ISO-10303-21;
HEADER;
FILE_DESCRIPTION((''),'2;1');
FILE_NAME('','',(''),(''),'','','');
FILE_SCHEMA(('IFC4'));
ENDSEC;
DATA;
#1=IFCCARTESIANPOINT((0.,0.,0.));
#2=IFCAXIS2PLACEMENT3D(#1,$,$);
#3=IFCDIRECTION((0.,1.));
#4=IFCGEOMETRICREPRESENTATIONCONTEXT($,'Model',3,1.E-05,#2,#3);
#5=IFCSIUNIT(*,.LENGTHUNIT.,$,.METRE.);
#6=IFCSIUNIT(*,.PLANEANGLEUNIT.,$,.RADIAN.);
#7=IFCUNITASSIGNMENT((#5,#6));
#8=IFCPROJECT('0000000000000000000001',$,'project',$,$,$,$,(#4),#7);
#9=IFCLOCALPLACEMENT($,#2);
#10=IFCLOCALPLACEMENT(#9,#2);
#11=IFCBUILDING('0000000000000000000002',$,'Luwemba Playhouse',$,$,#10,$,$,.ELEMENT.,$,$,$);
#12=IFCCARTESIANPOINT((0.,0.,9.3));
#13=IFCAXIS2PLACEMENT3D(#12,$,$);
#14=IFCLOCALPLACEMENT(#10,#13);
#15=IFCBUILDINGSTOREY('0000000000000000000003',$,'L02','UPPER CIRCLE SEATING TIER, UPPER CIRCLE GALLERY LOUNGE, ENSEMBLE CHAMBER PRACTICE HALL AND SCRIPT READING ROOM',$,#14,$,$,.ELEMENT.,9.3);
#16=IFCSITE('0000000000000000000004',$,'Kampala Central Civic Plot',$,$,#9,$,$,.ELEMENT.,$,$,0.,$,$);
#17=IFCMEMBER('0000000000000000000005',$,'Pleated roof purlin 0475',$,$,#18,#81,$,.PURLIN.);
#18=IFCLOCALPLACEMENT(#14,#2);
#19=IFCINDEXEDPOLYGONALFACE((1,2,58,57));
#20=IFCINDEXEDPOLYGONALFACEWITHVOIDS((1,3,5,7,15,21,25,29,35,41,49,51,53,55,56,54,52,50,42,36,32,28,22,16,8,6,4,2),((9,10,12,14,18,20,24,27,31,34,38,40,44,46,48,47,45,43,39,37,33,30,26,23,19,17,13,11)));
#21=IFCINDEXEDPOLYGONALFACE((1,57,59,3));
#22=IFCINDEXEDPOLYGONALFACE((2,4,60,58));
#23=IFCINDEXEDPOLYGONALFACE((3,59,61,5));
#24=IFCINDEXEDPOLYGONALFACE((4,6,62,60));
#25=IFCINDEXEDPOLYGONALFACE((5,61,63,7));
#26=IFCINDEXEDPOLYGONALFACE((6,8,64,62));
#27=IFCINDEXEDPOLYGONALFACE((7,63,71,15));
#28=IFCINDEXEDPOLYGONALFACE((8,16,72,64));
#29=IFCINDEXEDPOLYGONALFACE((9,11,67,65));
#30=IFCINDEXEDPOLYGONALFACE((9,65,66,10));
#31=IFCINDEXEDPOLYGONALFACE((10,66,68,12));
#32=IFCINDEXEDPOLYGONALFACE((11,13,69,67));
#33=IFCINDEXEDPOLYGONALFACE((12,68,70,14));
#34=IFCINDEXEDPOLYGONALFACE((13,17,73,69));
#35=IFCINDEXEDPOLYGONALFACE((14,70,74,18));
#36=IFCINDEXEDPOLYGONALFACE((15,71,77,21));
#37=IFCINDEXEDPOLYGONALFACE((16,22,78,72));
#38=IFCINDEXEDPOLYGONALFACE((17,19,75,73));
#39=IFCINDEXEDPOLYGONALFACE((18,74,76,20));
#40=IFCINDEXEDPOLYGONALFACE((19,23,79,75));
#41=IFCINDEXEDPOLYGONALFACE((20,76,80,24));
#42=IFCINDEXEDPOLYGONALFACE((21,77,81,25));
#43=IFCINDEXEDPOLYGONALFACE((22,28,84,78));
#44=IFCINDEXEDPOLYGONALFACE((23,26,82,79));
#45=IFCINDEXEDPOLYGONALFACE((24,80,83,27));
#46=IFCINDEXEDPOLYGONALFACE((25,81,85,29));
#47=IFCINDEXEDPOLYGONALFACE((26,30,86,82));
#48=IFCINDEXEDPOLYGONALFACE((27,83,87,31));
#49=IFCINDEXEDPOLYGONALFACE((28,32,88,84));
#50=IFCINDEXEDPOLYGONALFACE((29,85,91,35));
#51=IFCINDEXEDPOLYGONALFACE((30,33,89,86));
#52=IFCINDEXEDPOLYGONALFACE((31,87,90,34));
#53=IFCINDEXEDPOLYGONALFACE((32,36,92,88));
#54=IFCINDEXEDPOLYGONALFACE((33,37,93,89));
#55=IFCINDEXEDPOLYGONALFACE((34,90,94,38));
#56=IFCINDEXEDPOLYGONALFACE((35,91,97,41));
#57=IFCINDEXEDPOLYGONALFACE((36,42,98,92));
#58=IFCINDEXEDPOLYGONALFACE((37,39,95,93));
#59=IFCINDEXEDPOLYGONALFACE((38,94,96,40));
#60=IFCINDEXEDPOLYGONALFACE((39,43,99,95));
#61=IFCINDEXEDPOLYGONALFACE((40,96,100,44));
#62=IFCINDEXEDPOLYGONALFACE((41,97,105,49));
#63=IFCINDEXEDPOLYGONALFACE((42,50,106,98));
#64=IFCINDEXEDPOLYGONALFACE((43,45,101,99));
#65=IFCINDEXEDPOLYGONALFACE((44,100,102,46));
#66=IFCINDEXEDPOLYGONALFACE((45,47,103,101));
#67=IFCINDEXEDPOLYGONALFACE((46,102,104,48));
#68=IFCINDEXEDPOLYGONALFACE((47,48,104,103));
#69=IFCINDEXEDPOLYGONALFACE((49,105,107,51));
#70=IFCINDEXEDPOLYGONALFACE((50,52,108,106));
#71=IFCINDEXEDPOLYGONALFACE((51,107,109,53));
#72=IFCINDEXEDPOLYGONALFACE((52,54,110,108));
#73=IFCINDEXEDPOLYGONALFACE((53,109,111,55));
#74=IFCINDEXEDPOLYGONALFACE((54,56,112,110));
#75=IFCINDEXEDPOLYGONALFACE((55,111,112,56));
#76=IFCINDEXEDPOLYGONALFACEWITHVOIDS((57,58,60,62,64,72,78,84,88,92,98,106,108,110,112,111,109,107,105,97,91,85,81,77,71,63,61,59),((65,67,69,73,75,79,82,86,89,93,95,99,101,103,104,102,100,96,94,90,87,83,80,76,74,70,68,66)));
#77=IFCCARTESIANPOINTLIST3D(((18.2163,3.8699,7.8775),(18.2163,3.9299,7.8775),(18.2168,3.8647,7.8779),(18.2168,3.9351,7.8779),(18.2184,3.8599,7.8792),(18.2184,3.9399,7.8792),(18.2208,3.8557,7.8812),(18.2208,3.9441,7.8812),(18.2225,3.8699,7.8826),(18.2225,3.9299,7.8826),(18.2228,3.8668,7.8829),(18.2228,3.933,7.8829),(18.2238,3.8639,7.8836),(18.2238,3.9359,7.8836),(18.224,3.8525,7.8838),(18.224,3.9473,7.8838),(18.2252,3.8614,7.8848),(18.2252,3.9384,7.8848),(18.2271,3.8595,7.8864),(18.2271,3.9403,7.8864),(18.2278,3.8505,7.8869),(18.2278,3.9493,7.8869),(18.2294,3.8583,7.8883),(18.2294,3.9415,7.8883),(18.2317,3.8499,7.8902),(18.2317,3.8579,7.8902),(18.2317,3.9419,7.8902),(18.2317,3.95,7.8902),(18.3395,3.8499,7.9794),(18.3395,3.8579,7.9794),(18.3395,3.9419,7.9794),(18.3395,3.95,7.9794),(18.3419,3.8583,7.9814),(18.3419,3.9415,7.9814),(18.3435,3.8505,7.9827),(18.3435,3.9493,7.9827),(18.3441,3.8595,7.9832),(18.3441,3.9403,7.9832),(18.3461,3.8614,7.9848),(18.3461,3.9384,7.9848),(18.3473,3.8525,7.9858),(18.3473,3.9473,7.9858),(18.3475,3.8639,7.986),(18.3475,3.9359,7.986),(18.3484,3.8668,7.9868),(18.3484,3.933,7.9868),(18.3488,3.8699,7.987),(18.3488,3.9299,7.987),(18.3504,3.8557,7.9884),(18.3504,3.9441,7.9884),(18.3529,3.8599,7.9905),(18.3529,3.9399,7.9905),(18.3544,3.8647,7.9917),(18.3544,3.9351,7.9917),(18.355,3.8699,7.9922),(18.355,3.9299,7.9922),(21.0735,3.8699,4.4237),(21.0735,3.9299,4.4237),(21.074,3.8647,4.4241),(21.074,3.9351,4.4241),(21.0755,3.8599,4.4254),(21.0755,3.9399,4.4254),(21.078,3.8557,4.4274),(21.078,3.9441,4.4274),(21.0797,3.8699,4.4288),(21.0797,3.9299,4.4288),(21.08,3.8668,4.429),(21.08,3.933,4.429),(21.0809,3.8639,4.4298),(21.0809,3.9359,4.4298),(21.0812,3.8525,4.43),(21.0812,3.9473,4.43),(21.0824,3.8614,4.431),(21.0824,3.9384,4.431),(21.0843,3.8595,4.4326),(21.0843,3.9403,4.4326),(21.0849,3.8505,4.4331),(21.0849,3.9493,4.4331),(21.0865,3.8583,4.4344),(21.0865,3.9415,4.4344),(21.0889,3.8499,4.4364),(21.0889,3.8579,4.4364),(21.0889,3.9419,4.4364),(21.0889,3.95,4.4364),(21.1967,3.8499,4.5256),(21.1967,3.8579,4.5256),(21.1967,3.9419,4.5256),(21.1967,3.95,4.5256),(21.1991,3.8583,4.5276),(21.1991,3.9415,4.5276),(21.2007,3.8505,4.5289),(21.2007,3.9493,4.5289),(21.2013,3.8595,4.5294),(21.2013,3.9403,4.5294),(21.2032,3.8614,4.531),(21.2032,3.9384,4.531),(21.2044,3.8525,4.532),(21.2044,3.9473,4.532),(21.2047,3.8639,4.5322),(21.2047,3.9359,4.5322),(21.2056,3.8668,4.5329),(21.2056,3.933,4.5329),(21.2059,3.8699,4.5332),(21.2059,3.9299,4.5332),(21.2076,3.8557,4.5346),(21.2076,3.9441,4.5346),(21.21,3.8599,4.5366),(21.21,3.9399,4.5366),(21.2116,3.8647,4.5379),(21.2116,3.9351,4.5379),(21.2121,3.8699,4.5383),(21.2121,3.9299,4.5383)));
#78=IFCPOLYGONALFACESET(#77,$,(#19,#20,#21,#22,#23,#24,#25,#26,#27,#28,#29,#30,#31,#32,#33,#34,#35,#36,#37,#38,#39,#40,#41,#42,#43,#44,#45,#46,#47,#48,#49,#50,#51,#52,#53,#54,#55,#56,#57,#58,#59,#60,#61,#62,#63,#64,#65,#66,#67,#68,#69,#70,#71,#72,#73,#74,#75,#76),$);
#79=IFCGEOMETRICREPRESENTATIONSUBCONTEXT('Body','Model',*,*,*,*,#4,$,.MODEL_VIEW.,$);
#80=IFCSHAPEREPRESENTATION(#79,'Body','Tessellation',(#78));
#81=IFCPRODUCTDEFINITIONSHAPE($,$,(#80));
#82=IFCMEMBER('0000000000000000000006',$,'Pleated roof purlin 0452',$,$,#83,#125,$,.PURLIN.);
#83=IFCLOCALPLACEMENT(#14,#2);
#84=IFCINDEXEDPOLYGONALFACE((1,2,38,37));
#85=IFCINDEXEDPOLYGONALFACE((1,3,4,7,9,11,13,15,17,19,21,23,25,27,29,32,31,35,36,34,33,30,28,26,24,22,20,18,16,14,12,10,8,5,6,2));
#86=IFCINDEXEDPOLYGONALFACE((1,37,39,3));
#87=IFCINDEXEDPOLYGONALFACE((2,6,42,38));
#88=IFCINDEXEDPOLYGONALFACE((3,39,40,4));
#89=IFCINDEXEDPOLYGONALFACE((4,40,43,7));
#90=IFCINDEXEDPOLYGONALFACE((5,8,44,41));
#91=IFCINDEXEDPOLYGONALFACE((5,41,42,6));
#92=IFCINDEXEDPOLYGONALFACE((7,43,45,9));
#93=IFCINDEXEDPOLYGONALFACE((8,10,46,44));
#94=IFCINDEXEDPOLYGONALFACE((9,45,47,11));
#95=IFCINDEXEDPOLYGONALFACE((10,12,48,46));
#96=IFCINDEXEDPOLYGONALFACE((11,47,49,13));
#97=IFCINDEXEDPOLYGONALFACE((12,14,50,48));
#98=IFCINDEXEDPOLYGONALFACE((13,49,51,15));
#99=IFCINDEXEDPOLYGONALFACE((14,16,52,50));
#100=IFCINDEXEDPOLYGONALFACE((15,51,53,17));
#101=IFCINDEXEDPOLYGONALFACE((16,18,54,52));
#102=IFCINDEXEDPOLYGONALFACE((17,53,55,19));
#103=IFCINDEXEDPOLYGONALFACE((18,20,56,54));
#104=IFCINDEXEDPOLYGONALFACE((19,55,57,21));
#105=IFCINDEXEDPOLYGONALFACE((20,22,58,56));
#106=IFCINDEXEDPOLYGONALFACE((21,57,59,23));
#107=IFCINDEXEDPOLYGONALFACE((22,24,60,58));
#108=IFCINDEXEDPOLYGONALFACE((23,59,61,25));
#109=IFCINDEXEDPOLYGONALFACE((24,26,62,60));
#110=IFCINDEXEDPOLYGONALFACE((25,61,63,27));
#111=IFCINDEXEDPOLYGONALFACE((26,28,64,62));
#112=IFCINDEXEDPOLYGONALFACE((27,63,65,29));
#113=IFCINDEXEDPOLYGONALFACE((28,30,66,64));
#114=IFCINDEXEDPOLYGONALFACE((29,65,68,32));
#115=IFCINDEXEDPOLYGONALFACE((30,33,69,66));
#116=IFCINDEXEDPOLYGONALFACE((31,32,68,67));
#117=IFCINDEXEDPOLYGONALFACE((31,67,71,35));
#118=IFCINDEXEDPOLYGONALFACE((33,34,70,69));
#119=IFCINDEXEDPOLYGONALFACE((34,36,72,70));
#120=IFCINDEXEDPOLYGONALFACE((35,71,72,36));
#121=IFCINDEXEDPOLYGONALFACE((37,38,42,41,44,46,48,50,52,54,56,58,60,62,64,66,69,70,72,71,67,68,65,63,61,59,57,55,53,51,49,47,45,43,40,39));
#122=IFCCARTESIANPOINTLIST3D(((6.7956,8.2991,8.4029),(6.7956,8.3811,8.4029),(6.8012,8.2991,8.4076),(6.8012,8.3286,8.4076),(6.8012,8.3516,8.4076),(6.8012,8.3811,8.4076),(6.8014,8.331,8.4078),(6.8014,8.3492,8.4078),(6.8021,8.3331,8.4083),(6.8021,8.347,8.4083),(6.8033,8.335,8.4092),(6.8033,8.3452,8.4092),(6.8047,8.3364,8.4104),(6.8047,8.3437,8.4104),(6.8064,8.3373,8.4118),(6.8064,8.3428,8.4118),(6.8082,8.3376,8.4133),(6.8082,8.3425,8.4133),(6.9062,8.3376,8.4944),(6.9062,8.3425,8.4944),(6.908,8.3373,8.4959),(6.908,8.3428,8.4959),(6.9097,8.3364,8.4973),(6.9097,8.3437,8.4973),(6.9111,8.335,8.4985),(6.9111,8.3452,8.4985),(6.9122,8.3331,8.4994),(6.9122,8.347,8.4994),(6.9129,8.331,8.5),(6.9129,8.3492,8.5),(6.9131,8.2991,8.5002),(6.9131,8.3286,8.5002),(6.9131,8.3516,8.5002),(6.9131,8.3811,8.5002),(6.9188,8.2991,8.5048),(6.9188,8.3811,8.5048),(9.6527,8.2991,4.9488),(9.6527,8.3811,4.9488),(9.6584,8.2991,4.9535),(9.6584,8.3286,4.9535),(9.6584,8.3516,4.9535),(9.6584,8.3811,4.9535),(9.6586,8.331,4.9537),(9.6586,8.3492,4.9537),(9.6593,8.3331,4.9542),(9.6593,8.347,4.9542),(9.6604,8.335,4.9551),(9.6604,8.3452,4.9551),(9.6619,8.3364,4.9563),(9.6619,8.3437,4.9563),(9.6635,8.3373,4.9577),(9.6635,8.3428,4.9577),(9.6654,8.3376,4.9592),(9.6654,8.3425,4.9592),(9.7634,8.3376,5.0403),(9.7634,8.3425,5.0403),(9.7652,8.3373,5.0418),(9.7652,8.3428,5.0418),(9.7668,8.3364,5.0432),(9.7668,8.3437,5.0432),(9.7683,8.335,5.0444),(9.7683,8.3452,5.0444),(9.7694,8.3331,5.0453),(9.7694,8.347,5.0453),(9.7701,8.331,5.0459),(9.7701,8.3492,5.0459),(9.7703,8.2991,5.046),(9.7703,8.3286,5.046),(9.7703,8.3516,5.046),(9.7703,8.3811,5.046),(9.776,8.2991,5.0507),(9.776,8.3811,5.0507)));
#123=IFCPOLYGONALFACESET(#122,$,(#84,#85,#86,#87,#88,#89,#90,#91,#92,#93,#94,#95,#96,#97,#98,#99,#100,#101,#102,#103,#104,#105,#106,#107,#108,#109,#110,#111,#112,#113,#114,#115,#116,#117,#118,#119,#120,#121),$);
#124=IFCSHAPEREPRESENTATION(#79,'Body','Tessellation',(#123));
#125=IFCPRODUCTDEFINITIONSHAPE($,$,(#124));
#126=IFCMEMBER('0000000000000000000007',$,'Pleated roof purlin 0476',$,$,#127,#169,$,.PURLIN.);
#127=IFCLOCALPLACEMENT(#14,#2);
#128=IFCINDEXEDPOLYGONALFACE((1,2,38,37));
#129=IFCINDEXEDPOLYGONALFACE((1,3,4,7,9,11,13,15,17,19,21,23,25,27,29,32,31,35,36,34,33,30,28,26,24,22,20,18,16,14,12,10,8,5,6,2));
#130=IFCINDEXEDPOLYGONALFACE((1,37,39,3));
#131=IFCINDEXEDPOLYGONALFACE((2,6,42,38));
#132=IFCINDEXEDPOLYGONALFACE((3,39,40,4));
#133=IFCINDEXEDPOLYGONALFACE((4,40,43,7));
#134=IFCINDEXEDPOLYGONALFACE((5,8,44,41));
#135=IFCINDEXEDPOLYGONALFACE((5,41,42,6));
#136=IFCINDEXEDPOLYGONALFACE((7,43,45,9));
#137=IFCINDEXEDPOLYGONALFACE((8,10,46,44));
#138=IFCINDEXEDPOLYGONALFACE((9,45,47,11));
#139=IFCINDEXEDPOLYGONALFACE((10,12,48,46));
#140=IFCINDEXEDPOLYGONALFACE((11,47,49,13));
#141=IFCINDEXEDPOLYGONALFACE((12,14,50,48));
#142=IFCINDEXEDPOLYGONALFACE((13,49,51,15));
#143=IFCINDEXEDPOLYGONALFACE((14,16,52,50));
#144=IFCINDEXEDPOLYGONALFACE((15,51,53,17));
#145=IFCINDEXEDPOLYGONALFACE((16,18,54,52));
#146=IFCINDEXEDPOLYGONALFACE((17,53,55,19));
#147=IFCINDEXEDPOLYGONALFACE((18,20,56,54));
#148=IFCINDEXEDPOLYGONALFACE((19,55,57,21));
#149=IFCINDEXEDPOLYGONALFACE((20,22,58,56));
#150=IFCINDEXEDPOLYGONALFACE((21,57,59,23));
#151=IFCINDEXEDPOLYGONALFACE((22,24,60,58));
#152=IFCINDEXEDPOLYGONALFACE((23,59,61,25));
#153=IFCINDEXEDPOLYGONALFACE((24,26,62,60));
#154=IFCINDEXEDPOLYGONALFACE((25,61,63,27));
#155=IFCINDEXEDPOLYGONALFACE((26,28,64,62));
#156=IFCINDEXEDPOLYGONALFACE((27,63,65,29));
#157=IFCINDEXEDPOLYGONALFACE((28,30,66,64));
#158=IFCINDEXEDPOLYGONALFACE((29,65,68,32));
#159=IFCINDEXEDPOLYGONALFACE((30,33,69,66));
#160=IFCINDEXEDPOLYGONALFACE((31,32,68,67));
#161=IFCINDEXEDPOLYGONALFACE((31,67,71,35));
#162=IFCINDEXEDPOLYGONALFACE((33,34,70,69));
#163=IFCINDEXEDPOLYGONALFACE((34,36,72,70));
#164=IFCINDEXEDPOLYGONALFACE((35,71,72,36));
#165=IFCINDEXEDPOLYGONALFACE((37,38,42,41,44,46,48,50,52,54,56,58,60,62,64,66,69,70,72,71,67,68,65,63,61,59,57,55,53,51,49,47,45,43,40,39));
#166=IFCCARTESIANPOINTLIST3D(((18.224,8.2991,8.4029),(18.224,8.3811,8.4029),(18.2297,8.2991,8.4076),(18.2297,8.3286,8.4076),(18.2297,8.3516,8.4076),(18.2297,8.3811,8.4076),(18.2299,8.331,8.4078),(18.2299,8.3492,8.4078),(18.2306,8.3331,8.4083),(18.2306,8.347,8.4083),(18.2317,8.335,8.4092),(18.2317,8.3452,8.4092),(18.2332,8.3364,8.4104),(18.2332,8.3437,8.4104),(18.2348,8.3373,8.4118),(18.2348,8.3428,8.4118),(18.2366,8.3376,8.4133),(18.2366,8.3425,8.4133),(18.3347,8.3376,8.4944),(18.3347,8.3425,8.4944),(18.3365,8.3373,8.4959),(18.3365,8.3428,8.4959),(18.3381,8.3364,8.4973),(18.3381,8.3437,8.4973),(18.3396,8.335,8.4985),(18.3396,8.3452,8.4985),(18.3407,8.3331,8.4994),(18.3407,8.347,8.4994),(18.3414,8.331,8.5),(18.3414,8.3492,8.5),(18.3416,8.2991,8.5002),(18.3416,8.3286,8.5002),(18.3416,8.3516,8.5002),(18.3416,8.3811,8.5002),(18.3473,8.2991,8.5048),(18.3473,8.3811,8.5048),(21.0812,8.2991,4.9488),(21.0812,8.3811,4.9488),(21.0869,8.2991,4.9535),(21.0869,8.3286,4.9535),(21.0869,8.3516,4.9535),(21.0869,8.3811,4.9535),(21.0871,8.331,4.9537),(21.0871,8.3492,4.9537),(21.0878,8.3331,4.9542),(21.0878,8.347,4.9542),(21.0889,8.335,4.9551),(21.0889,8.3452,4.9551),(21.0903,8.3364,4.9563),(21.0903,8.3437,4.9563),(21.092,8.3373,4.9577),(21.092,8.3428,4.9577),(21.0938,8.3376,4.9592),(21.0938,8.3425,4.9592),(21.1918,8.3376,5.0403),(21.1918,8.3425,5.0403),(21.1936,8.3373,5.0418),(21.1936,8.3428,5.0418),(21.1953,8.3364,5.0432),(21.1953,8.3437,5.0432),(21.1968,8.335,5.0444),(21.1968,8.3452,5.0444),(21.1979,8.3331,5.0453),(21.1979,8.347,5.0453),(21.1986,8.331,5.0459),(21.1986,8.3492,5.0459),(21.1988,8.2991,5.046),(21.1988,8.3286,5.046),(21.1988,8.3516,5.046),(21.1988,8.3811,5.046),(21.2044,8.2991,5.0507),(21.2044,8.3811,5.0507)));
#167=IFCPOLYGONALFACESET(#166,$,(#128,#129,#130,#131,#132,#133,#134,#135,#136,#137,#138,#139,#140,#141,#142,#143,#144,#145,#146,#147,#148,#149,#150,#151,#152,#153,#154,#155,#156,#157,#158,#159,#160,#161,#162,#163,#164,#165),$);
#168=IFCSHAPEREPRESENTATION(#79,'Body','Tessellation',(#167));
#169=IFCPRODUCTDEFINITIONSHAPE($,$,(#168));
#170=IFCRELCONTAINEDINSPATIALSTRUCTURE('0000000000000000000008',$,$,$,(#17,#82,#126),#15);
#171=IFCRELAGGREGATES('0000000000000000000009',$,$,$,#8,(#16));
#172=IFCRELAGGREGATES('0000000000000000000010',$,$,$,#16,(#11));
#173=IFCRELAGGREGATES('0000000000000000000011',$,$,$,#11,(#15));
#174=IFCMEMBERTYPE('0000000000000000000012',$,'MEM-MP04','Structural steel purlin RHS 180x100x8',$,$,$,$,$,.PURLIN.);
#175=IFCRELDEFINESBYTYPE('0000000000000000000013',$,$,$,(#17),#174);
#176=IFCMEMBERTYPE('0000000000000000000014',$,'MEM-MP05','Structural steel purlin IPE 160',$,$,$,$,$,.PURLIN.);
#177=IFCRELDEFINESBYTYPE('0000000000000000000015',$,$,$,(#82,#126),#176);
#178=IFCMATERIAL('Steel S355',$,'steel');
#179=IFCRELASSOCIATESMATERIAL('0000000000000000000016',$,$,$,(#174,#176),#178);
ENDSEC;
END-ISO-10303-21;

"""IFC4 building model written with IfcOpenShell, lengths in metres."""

from ifc_helpers import new_model, si_unit, direction, frame, origin, origin_2d, place, context, subcontext, project, spatial, hollow_rectangle, i_section, extrude, material, material_profile, profile_set, type_object, element, save


model = new_model("IFC4")

# Units and contexts
model_context = context("Model", 3, precision=1e-05, world=origin(), true_north=direction((0.0, 1.0)))
body_context = subcontext(model_context, "Body", "Model", "MODEL_VIEW")
ifc_project = project(units=[si_unit("LENGTHUNIT", "METRE"), si_unit("PLANEANGLEUNIT", "RADIAN")], contexts=[model_context])

# Site, building, storey
site_placement = place(None, origin())
site = spatial("IfcSite", under=ifc_project, at=site_placement, Name="Kampala Central Civic Plot", CompositionType="ELEMENT", RefElevation=0.0)
building_placement = place(site_placement, origin())
building = spatial("IfcBuilding", under=site, at=building_placement, Name="Luwemba Playhouse", CompositionType="ELEMENT")
storey_placement = place(building_placement, frame((0.0, 0.0, 9.3)))
storey = spatial("IfcBuildingStorey", under=building, at=storey_placement, Name="L02", Description="UPPER CIRCLE SEATING TIER, UPPER CIRCLE GALLERY LOUNGE, ENSEMBLE CHAMBER PRACTICE HALL AND SCRIPT READING ROOM", CompositionType="ELEMENT", Elevation=9.3)

# Shared definitions
ifc_material_1 = material(Name="Steel S355", Category="steel")

# Members
ifc_material_profile_1 = material_profile(ifc_material_1, hollow_rectangle(XDim=0.1001, YDim=0.1799, WallThickness=0.0081, InnerFilletRadius=0.012, OuterFilletRadius=0.02, at=origin_2d()))
ifc_profile_set_1 = profile_set([ifc_material_profile_1], Name="Steel S355")
member_type_1 = type_object("IfcMemberType", Name="MEM-MP04", Description="Structural steel purlin RHS 180x100x8", PredefinedType="PURLIN", material=ifc_profile_set_1)
for number, where, z_axis, x_axis, name in (
    (1, (18.2856, 3.8999, 7.9348), (0.637411, 0.0, -0.770524), (0.0, 1.0, 0.0), "Pleated roof purlin 0475"),
):
    element("IfcMember", number, at=place(storey_placement, frame(where, z_axis=z_axis, x_axis=x_axis)), inside=storey, type_object=member_type_1, Name=name, PredefinedType="PURLIN", context=body_context, shape_type="SweptSolid", body=[
        extrude(hollow_rectangle(XDim=0.1001, YDim=0.1799, WallThickness=0.0081, InnerFilletRadius=0.012, OuterFilletRadius=0.02, at=origin_2d()), origin(), (0.0, 0.0, 1.0), 4.4824),
    ])
ifc_material_profile_2 = material_profile(ifc_material_1, i_section(OverallWidth=0.082, OverallDepth=0.1599, WebThickness=0.0049, FlangeThickness=0.0073, FilletRadius=0.009, at=origin_2d()))
ifc_profile_set_2 = profile_set([ifc_material_profile_2], Name="Steel S355")
member_type_2 = type_object("IfcMemberType", Name="MEM-MP05", Description="Structural steel purlin IPE 160", PredefinedType="PURLIN", material=ifc_profile_set_2)
for number, where, z_axis, x_axis, name in (
    (2, (6.8572, 8.3401, 8.4539), (0.637384, 0.0, -0.770547), (0.0, 1.0, 0.0), "Pleated roof purlin 0452"),
    (3, (18.2856, 8.3401, 8.4539), (0.637384, 0.0, -0.770547), (0.0, 1.0, 0.0), "Pleated roof purlin 0476"),
):
    element("IfcMember", number, at=place(storey_placement, frame(where, z_axis=z_axis, x_axis=x_axis)), inside=storey, type_object=member_type_2, Name=name, PredefinedType="PURLIN", context=body_context, shape_type="SweptSolid", body=[
        extrude(i_section(OverallWidth=0.082, OverallDepth=0.1599, WebThickness=0.0049, FlangeThickness=0.0073, FilletRadius=0.009, at=origin_2d()), origin(), (0.0, 0.0, 1.0), 4.4827),
    ])

save(model, "model.ifc")
